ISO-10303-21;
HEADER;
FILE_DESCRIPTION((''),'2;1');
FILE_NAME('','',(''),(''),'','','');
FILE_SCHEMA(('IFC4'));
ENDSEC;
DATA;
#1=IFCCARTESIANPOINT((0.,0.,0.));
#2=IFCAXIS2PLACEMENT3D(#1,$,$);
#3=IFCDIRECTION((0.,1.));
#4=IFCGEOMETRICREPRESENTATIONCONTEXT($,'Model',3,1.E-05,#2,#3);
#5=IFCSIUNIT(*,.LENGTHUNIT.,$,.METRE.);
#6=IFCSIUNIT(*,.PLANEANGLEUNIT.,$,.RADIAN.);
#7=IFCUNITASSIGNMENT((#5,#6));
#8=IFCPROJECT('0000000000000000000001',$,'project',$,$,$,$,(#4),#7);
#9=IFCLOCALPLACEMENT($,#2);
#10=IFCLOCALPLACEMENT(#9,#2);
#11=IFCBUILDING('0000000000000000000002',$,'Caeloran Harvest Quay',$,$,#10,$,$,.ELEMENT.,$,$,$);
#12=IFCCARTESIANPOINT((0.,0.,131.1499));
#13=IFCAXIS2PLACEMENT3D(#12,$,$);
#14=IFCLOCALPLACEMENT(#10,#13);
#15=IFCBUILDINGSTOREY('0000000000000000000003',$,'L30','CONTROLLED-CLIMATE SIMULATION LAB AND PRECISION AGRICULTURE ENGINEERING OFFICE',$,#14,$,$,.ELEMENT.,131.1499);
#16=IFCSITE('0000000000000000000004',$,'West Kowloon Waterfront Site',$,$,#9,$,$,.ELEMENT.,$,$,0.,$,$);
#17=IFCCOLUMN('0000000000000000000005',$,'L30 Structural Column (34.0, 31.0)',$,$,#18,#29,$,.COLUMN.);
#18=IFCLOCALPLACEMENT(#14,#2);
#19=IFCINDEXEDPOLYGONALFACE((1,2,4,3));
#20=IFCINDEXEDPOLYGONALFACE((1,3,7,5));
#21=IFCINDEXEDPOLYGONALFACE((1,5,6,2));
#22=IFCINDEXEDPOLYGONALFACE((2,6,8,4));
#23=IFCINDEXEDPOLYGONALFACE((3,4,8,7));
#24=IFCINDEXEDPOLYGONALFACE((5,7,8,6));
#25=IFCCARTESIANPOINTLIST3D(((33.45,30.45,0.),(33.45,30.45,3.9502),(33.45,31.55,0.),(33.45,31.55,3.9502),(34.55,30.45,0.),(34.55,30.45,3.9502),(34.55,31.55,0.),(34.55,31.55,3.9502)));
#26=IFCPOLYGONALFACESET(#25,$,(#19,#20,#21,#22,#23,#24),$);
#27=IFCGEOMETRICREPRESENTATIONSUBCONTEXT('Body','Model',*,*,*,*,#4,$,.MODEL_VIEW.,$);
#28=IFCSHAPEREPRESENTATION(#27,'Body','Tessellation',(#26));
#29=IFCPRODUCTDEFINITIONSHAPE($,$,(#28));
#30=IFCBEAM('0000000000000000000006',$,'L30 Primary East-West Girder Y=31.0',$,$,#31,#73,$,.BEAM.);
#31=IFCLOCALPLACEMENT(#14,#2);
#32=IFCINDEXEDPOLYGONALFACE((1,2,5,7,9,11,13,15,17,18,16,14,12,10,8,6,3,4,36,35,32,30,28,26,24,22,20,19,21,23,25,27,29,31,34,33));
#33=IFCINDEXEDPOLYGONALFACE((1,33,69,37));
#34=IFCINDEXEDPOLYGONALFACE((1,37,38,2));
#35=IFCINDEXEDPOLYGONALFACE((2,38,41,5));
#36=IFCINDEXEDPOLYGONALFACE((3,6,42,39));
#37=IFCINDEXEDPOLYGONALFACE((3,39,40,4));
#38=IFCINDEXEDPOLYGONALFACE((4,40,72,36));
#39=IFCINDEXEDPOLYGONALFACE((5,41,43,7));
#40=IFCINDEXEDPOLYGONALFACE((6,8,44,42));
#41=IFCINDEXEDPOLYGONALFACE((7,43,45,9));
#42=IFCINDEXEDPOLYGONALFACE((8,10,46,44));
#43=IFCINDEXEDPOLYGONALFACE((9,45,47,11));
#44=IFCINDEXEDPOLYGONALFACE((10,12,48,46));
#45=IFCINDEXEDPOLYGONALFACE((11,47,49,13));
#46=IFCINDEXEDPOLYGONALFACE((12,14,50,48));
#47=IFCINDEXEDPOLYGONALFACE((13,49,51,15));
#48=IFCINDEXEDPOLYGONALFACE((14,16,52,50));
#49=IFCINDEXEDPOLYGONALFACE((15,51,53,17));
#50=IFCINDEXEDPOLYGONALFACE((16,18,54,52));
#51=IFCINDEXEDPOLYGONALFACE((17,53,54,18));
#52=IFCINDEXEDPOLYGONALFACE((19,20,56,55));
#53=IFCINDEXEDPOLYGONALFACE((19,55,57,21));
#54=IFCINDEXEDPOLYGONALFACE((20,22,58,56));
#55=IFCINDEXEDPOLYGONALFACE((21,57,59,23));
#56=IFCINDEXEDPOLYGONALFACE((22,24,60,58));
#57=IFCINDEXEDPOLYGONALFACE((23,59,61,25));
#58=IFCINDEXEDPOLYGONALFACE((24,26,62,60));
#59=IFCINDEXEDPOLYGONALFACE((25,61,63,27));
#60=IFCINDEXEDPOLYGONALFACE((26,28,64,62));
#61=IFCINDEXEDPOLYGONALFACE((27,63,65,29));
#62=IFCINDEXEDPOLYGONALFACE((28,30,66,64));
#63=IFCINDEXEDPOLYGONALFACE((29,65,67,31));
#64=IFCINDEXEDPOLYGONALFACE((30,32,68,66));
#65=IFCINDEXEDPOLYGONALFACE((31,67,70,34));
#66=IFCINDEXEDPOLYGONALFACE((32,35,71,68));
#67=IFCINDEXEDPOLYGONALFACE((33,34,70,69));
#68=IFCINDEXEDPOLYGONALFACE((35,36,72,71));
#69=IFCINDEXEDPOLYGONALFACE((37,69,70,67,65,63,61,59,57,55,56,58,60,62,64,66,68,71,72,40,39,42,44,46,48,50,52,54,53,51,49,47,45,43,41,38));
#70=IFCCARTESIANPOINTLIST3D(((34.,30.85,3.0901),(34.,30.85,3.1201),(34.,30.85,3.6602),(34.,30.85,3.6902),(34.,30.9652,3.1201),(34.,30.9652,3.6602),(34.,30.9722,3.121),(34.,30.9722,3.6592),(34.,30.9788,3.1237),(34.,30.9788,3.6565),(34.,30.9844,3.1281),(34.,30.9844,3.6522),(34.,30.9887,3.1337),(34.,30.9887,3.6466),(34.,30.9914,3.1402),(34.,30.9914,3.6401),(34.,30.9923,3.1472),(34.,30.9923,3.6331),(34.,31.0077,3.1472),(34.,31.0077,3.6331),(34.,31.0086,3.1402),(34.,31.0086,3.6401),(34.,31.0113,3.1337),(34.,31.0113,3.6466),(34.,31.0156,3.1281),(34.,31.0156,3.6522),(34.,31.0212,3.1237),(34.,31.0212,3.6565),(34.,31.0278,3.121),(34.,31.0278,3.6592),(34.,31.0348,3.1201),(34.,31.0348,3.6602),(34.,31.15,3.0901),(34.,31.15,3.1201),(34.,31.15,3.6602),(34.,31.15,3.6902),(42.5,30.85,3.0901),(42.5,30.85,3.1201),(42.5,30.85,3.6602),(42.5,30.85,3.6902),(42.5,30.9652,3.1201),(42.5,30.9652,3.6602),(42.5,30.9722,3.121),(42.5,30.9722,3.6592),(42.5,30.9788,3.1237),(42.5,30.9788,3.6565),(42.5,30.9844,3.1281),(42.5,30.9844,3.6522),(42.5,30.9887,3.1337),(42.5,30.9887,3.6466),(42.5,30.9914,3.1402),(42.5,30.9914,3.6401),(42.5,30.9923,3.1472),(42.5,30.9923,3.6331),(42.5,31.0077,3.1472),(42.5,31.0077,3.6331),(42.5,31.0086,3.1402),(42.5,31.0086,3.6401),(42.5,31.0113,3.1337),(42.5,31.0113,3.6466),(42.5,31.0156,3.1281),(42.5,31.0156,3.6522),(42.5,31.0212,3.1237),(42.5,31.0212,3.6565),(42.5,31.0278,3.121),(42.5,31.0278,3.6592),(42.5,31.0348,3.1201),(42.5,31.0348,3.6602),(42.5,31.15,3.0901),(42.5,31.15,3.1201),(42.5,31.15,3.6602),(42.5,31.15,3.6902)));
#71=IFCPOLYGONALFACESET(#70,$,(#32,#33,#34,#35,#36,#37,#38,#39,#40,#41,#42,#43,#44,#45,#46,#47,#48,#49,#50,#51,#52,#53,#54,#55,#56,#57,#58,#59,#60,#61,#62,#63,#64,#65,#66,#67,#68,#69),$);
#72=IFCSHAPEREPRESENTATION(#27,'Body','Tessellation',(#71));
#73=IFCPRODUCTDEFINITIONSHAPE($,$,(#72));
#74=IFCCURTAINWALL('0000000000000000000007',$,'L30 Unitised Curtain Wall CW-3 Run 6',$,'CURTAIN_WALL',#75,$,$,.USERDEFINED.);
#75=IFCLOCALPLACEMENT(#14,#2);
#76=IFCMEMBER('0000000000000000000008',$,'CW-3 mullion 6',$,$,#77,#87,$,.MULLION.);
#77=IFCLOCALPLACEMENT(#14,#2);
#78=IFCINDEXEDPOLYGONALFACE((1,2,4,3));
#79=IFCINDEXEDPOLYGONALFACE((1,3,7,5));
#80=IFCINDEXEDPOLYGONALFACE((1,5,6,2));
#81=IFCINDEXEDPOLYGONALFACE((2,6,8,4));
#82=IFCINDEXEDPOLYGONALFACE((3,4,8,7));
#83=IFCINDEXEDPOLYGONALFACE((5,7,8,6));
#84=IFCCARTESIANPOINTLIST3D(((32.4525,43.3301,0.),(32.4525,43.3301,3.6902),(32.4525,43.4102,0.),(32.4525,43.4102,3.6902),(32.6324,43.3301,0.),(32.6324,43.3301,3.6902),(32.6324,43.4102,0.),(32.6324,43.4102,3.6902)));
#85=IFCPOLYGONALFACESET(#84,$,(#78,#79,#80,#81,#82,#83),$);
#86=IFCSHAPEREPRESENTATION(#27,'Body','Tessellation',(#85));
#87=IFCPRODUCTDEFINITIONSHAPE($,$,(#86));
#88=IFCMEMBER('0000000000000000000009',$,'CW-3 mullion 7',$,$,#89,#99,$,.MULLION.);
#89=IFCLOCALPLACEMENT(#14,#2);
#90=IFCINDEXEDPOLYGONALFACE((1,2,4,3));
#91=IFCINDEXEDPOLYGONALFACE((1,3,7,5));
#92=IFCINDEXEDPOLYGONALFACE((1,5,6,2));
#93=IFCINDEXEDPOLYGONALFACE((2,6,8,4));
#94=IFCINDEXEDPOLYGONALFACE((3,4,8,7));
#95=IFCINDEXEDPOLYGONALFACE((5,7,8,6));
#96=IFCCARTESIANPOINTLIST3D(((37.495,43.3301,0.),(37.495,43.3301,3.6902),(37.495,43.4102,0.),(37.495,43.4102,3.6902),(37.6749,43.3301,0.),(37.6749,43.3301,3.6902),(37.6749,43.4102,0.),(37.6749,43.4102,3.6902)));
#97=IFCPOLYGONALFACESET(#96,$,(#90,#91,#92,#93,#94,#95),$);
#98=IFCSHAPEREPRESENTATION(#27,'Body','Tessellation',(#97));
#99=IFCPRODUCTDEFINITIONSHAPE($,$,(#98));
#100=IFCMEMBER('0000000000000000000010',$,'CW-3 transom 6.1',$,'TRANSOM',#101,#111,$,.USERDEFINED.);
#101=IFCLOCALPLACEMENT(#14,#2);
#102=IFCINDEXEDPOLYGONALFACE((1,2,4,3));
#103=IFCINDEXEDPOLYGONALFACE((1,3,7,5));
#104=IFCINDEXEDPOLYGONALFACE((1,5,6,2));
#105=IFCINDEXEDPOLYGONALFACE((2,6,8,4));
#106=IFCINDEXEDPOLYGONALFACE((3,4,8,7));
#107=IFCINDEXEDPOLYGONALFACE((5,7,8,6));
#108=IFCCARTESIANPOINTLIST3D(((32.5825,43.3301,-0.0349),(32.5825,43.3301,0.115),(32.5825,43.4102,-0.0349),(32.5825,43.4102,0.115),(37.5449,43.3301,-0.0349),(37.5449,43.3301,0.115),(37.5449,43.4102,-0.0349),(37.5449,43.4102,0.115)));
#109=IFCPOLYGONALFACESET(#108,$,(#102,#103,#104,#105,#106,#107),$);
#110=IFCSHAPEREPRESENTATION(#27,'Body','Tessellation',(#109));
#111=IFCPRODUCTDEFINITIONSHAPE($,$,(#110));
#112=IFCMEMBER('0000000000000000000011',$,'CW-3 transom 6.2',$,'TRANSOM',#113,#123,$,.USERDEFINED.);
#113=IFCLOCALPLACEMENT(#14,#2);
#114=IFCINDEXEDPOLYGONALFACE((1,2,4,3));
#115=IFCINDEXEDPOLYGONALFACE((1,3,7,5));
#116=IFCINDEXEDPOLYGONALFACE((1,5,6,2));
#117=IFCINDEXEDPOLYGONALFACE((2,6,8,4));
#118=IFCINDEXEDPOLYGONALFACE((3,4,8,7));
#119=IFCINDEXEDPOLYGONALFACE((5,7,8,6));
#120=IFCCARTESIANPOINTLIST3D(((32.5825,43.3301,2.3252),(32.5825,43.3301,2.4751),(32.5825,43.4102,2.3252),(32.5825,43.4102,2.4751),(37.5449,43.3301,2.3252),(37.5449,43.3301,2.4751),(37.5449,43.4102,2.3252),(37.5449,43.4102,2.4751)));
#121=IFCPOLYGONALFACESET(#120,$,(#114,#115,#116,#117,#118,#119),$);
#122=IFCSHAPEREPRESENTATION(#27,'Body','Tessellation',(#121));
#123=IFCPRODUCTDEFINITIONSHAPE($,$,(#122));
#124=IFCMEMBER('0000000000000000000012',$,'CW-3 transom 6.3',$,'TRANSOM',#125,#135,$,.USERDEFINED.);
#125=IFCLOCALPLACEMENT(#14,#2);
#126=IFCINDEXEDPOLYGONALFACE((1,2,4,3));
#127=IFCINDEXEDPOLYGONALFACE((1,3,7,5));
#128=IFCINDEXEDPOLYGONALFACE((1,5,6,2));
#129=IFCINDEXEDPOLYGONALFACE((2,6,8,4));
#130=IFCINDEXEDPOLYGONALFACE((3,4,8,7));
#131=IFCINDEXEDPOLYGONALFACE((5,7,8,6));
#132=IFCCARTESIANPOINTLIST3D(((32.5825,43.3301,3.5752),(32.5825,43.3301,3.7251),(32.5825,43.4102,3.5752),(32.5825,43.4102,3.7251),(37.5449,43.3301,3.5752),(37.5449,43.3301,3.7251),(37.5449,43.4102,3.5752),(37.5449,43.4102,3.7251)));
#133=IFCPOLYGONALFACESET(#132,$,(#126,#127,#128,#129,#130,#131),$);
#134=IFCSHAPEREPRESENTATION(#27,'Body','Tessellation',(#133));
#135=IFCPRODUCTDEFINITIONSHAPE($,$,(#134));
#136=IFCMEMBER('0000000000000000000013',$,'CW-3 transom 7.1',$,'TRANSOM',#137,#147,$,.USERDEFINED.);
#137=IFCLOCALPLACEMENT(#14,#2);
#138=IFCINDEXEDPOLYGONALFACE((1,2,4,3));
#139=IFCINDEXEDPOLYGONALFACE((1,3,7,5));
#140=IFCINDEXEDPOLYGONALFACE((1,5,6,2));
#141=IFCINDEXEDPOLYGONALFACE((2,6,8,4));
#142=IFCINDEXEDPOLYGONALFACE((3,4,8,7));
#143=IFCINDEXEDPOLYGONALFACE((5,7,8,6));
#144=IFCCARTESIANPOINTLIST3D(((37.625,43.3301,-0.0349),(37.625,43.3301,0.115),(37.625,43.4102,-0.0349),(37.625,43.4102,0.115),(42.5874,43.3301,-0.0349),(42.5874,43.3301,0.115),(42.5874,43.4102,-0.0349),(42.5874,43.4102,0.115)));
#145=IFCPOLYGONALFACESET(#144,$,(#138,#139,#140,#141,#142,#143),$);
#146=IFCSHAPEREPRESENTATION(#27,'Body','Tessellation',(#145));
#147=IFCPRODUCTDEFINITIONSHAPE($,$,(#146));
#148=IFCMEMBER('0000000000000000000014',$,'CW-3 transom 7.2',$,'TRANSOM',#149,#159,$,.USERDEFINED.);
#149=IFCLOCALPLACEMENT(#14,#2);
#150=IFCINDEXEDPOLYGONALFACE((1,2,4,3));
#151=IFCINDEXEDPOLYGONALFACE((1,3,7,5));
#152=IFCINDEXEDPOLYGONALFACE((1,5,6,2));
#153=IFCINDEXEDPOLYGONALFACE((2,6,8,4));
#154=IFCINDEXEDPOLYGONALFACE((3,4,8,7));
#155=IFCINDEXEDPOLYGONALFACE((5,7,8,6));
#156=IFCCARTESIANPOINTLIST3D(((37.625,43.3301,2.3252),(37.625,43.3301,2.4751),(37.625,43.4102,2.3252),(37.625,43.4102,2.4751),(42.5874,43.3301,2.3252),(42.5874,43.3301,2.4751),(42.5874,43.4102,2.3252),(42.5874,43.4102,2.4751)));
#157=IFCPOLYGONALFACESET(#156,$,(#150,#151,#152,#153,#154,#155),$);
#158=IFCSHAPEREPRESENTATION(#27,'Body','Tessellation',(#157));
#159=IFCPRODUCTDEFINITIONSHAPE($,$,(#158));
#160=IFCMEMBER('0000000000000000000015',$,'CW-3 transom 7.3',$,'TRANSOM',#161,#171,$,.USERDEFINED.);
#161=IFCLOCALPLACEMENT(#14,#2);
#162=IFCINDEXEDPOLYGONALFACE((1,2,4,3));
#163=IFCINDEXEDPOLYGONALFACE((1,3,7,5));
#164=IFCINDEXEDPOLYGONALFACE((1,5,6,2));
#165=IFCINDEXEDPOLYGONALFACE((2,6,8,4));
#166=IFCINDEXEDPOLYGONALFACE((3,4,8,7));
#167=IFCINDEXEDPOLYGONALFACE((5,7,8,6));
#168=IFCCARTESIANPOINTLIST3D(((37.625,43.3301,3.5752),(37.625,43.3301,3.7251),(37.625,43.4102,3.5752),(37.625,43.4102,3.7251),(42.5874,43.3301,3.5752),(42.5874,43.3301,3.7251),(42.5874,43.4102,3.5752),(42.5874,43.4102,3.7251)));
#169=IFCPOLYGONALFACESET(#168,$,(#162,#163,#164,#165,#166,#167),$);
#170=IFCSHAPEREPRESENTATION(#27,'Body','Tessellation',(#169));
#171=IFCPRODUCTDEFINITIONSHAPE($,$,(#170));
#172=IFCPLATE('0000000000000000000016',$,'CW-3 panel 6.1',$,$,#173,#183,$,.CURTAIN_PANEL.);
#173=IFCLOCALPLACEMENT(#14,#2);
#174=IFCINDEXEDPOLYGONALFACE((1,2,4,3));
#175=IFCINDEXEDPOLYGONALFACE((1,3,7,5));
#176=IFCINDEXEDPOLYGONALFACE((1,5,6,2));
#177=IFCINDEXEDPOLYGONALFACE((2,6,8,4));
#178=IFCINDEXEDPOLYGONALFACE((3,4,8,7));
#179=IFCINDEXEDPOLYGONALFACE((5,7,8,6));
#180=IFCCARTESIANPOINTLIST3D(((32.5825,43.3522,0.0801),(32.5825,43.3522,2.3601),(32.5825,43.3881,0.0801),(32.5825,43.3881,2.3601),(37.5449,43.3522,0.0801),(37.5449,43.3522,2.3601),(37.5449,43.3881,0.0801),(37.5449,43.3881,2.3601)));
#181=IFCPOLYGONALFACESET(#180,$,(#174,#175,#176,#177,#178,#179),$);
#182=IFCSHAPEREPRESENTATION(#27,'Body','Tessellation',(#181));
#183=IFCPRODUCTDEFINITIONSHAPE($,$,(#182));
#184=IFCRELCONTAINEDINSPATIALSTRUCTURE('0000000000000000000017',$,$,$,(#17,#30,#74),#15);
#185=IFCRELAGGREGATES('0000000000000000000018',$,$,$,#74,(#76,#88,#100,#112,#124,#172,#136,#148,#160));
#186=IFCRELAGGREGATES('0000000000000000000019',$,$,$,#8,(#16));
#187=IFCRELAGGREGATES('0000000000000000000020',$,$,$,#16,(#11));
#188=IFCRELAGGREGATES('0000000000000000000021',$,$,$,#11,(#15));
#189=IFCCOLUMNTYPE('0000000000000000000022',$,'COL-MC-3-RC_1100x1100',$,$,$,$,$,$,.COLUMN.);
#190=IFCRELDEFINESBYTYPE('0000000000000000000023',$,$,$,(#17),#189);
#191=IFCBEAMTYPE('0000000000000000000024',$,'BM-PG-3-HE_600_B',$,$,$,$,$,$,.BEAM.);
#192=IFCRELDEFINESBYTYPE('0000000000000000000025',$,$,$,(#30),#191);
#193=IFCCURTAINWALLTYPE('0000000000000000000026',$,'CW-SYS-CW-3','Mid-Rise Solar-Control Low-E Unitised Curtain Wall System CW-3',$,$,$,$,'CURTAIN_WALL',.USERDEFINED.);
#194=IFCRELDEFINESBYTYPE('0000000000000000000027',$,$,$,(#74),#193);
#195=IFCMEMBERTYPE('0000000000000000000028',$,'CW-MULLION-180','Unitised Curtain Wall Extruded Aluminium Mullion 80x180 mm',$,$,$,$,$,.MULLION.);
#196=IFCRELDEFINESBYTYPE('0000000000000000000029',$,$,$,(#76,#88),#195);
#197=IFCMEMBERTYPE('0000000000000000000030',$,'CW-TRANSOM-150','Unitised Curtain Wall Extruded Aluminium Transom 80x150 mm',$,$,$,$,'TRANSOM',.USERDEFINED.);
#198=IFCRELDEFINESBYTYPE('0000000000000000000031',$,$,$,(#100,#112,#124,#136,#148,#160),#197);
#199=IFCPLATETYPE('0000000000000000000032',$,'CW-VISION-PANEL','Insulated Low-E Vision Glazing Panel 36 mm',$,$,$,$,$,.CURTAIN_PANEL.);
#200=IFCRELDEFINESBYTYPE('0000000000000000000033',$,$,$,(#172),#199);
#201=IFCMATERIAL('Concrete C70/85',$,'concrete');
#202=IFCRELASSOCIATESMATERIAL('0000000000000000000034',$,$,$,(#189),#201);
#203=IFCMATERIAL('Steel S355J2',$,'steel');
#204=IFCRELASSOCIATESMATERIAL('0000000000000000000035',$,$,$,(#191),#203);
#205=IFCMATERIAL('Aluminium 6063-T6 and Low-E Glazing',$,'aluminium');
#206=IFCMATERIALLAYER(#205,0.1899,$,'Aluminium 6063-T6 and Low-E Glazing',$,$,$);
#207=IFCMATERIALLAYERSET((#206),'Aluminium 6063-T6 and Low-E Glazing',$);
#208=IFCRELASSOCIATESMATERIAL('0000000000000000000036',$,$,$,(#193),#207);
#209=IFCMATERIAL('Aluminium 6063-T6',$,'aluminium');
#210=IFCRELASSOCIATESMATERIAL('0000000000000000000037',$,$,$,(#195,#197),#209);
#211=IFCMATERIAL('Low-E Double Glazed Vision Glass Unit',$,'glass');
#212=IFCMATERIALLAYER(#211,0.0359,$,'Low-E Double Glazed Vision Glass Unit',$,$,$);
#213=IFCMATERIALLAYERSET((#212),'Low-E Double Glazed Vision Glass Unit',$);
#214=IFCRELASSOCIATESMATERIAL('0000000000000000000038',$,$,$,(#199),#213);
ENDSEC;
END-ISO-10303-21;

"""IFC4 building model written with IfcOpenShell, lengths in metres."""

from ifc_helpers import new_model, si_unit, direction, frame, origin, origin_2d, place, context, subcontext, project, spatial, rectangle, i_section, extrude, material, layer, layer_set, material_profile, profile_set, type_object, element, aggregate, save


model = new_model("IFC4")

# Units and contexts
model_context = context("Model", 3, precision=1e-05, world=origin(), true_north=direction((0.0, 1.0)))
body_context = subcontext(model_context, "Body", "Model", "MODEL_VIEW")
ifc_project = project(units=[si_unit("LENGTHUNIT", "METRE"), si_unit("PLANEANGLEUNIT", "RADIAN")], contexts=[model_context])

# Site, building, storey
site_placement = place(None, origin())
site = spatial("IfcSite", under=ifc_project, at=site_placement, Name="West Kowloon Waterfront Site", CompositionType="ELEMENT", RefElevation=0.0)
building_placement = place(site_placement, origin())
building = spatial("IfcBuilding", under=site, at=building_placement, Name="Caeloran Harvest Quay", CompositionType="ELEMENT")
storey_placement = place(building_placement, frame((0.0, 0.0, 131.1499)))
storey = spatial("IfcBuildingStorey", under=building, at=storey_placement, Name="L30", Description="CONTROLLED-CLIMATE SIMULATION LAB AND PRECISION AGRICULTURE ENGINEERING OFFICE", CompositionType="ELEMENT", Elevation=131.1499)

# Column
ifc_material_1 = material(Name="Concrete C70/85", Category="concrete")
ifc_material_profile_1 = material_profile(ifc_material_1, rectangle(XDim=1.1001, YDim=1.1001, at=origin_2d()), Name="RC 1100x1100")
ifc_profile_set_1 = profile_set([ifc_material_profile_1], Name="Concrete C70/85")
column_type = type_object("IfcColumnType", Name="COL-MC-3-RC_1100x1100", PredefinedType="COLUMN", material=ifc_profile_set_1)
column_placement = place(storey_placement, frame((34.0, 31.0, 0.0), z_axis=(0.0, 0.0, 1.0), x_axis=(1.0, 0.0, 0.0)))
element("IfcColumn", 1, at=column_placement, inside=storey, type_object=column_type, Name="L30 Structural Column (34.0, 31.0)", PredefinedType="COLUMN", context=body_context, shape_type="SweptSolid", body=[
    extrude(rectangle(XDim=1.1001, YDim=1.1001, at=origin_2d()), origin(), (0.0, 0.0, 1.0), 3.9502),
])

# Beam
ifc_material_2 = material(Name="Steel S355J2", Category="steel")
ifc_material_profile_2 = material_profile(ifc_material_2, i_section(OverallWidth=0.3, OverallDepth=0.6001, WebThickness=0.0154, FlangeThickness=0.03, FilletRadius=0.0271, at=origin_2d()), Name="HE 600 B")
ifc_profile_set_2 = profile_set([ifc_material_profile_2], Name="Steel S355J2")
beam_type = type_object("IfcBeamType", Name="BM-PG-3-HE_600_B", PredefinedType="BEAM", material=ifc_profile_set_2)
beam_placement = place(storey_placement, frame((34.0, 31.0, 3.3901), z_axis=(1.0, 0.0, 0.0), x_axis=(0.0, 1.0, 0.0)))
element("IfcBeam", 2, at=beam_placement, inside=storey, type_object=beam_type, Name="L30 Primary East-West Girder Y=31.0", PredefinedType="BEAM", context=body_context, shape_type="SweptSolid", body=[
    extrude(i_section(OverallWidth=0.3, OverallDepth=0.6001, WebThickness=0.0154, FlangeThickness=0.03, FilletRadius=0.0271, at=origin_2d()), origin(), (0.0, 0.0, 1.0), 8.5),
])

# Curtain wall, members, plate
ifc_material_3 = material(Name="Aluminium 6063-T6 and Low-E Glazing", Category="aluminium")
ifc_layer_1 = layer(ifc_material_3, 0.1899, Name="Aluminium 6063-T6 and Low-E Glazing")
ifc_layer_set_1 = layer_set([ifc_layer_1], Name="Aluminium 6063-T6 and Low-E Glazing")
curtain_wall_type = type_object("IfcCurtainWallType", Name="CW-SYS-CW-3", Description="Mid-Rise Solar-Control Low-E Unitised Curtain Wall System CW-3", ElementType="CURTAIN_WALL", PredefinedType="USERDEFINED", material=ifc_layer_set_1)
curtain_wall_placement = place(storey_placement, origin())
curtain_wall = element("IfcCurtainWall", 3, at=curtain_wall_placement, inside=storey, type_object=curtain_wall_type, Name="L30 Unitised Curtain Wall CW-3 Run 6", ObjectType="CURTAIN_WALL", PredefinedType="USERDEFINED")
ifc_material_4 = material(Name="Aluminium 6063-T6", Category="aluminium")
ifc_material_profile_3 = material_profile(ifc_material_4, rectangle(XDim=0.0801, YDim=0.1799, at=origin_2d()), Name="CW-MULLION-180")
ifc_profile_set_3 = profile_set([ifc_material_profile_3], Name="Aluminium 6063-T6")
member_type_1 = type_object("IfcMemberType", Name="CW-MULLION-180", Description="Unitised Curtain Wall Extruded Aluminium Mullion 80x180 mm", PredefinedType="MULLION", material=ifc_profile_set_3)
member_1_placement = place(storey_placement, frame((32.5425, 43.3701, 0.0), z_axis=(0.0, 0.0, 1.0), x_axis=(0.0, 1.0, 0.0)))
member_1 = element("IfcMember", 4, at=member_1_placement, type_object=member_type_1, Name="CW-3 mullion 6", PredefinedType="MULLION", context=body_context, shape_type="SweptSolid", body=[
    extrude(rectangle(XDim=0.0801, YDim=0.1799, at=origin_2d()), origin(), (0.0, 0.0, 1.0), 3.6902),
])
member_2_placement = place(storey_placement, frame((37.585, 43.3701, 0.0), z_axis=(0.0, 0.0, 1.0), x_axis=(0.0, 1.0, 0.0)))
member_2 = element("IfcMember", 5, at=member_2_placement, type_object=member_type_1, Name="CW-3 mullion 7", PredefinedType="MULLION", context=body_context, shape_type="SweptSolid", body=[
    extrude(rectangle(XDim=0.0801, YDim=0.1799, at=origin_2d()), origin(), (0.0, 0.0, 1.0), 3.6902),
])
ifc_material_profile_4 = material_profile(ifc_material_4, rectangle(XDim=0.0801, YDim=0.1499, at=origin_2d()), Name="CW-TRANSOM-150")
ifc_profile_set_4 = profile_set([ifc_material_profile_4], Name="Aluminium 6063-T6")
member_type_2 = type_object("IfcMemberType", Name="CW-TRANSOM-150", Description="Unitised Curtain Wall Extruded Aluminium Transom 80x150 mm", ElementType="TRANSOM", PredefinedType="USERDEFINED", material=ifc_profile_set_4)
member_3_placement = place(storey_placement, frame((32.5825, 43.3701, 0.04), z_axis=(1.0, 0.0, 0.0), x_axis=(0.0, 1.0, 0.0)))
member_3 = element("IfcMember", 6, at=member_3_placement, type_object=member_type_2, Name="CW-3 transom 6.1", ObjectType="TRANSOM", PredefinedType="USERDEFINED", context=body_context, shape_type="SweptSolid", body=[
    extrude(rectangle(XDim=0.0801, YDim=0.1499, at=origin_2d()), origin(), (0.0, 0.0, 1.0), 4.9624),
])
member_4_placement = place(storey_placement, frame((32.5825, 43.3701, 2.4001), z_axis=(1.0, 0.0, 0.0), x_axis=(0.0, 1.0, 0.0)))
member_4 = element("IfcMember", 7, at=member_4_placement, type_object=member_type_2, Name="CW-3 transom 6.2", ObjectType="TRANSOM", PredefinedType="USERDEFINED", context=body_context, shape_type="SweptSolid", body=[
    extrude(rectangle(XDim=0.0801, YDim=0.1499, at=origin_2d()), origin(), (0.0, 0.0, 1.0), 4.9624),
])
member_5_placement = place(storey_placement, frame((32.5825, 43.3701, 3.6501), z_axis=(1.0, 0.0, 0.0), x_axis=(0.0, 1.0, 0.0)))
member_5 = element("IfcMember", 8, at=member_5_placement, type_object=member_type_2, Name="CW-3 transom 6.3", ObjectType="TRANSOM", PredefinedType="USERDEFINED", context=body_context, shape_type="SweptSolid", body=[
    extrude(rectangle(XDim=0.0801, YDim=0.1499, at=origin_2d()), origin(), (0.0, 0.0, 1.0), 4.9624),
])
member_6_placement = place(storey_placement, frame((37.625, 43.3701, 0.04), z_axis=(1.0, 0.0, 0.0), x_axis=(0.0, 1.0, 0.0)))
member_6 = element("IfcMember", 9, at=member_6_placement, type_object=member_type_2, Name="CW-3 transom 7.1", ObjectType="TRANSOM", PredefinedType="USERDEFINED", context=body_context, shape_type="SweptSolid", body=[
    extrude(rectangle(XDim=0.0801, YDim=0.1499, at=origin_2d()), origin(), (0.0, 0.0, 1.0), 4.9624),
])
member_7_placement = place(storey_placement, frame((37.625, 43.3701, 2.4001), z_axis=(1.0, 0.0, 0.0), x_axis=(0.0, 1.0, 0.0)))
member_7 = element("IfcMember", 10, at=member_7_placement, type_object=member_type_2, Name="CW-3 transom 7.2", ObjectType="TRANSOM", PredefinedType="USERDEFINED", context=body_context, shape_type="SweptSolid", body=[
    extrude(rectangle(XDim=0.0801, YDim=0.1499, at=origin_2d()), origin(), (0.0, 0.0, 1.0), 4.9624),
])
member_8_placement = place(storey_placement, frame((37.625, 43.3701, 3.6501), z_axis=(1.0, 0.0, 0.0), x_axis=(0.0, 1.0, 0.0)))
member_8 = element("IfcMember", 11, at=member_8_placement, type_object=member_type_2, Name="CW-3 transom 7.3", ObjectType="TRANSOM", PredefinedType="USERDEFINED", context=body_context, shape_type="SweptSolid", body=[
    extrude(rectangle(XDim=0.0801, YDim=0.1499, at=origin_2d()), origin(), (0.0, 0.0, 1.0), 4.9624),
])
ifc_material_5 = material(Name="Low-E Double Glazed Vision Glass Unit", Category="glass")
ifc_layer_2 = layer(ifc_material_5, 0.0359, Name="Low-E Double Glazed Vision Glass Unit")
ifc_layer_set_2 = layer_set([ifc_layer_2], Name="Low-E Double Glazed Vision Glass Unit")
plate_type = type_object("IfcPlateType", Name="CW-VISION-PANEL", Description="Insulated Low-E Vision Glazing Panel 36 mm", PredefinedType="CURTAIN_PANEL", material=ifc_layer_set_2)
plate_1_placement = place(storey_placement, frame((35.0637, 43.3701, 0.0801), z_axis=(0.0, 0.0, 1.0), x_axis=(1.0, 0.0, 0.0)))
plate_1 = element("IfcPlate", 12, at=plate_1_placement, type_object=plate_type, Name="CW-3 panel 6.1", PredefinedType="CURTAIN_PANEL", context=body_context, shape_type="SweptSolid", body=[
    extrude(rectangle(XDim=4.9624, YDim=0.0359, at=origin_2d()), origin(), (0.0, 0.0, 1.0), 2.28),
])
aggregate(curtain_wall, [member_1, member_2, member_3, member_4, member_5, plate_1, member_6, member_7, member_8])

save(model, "model.ifc")
